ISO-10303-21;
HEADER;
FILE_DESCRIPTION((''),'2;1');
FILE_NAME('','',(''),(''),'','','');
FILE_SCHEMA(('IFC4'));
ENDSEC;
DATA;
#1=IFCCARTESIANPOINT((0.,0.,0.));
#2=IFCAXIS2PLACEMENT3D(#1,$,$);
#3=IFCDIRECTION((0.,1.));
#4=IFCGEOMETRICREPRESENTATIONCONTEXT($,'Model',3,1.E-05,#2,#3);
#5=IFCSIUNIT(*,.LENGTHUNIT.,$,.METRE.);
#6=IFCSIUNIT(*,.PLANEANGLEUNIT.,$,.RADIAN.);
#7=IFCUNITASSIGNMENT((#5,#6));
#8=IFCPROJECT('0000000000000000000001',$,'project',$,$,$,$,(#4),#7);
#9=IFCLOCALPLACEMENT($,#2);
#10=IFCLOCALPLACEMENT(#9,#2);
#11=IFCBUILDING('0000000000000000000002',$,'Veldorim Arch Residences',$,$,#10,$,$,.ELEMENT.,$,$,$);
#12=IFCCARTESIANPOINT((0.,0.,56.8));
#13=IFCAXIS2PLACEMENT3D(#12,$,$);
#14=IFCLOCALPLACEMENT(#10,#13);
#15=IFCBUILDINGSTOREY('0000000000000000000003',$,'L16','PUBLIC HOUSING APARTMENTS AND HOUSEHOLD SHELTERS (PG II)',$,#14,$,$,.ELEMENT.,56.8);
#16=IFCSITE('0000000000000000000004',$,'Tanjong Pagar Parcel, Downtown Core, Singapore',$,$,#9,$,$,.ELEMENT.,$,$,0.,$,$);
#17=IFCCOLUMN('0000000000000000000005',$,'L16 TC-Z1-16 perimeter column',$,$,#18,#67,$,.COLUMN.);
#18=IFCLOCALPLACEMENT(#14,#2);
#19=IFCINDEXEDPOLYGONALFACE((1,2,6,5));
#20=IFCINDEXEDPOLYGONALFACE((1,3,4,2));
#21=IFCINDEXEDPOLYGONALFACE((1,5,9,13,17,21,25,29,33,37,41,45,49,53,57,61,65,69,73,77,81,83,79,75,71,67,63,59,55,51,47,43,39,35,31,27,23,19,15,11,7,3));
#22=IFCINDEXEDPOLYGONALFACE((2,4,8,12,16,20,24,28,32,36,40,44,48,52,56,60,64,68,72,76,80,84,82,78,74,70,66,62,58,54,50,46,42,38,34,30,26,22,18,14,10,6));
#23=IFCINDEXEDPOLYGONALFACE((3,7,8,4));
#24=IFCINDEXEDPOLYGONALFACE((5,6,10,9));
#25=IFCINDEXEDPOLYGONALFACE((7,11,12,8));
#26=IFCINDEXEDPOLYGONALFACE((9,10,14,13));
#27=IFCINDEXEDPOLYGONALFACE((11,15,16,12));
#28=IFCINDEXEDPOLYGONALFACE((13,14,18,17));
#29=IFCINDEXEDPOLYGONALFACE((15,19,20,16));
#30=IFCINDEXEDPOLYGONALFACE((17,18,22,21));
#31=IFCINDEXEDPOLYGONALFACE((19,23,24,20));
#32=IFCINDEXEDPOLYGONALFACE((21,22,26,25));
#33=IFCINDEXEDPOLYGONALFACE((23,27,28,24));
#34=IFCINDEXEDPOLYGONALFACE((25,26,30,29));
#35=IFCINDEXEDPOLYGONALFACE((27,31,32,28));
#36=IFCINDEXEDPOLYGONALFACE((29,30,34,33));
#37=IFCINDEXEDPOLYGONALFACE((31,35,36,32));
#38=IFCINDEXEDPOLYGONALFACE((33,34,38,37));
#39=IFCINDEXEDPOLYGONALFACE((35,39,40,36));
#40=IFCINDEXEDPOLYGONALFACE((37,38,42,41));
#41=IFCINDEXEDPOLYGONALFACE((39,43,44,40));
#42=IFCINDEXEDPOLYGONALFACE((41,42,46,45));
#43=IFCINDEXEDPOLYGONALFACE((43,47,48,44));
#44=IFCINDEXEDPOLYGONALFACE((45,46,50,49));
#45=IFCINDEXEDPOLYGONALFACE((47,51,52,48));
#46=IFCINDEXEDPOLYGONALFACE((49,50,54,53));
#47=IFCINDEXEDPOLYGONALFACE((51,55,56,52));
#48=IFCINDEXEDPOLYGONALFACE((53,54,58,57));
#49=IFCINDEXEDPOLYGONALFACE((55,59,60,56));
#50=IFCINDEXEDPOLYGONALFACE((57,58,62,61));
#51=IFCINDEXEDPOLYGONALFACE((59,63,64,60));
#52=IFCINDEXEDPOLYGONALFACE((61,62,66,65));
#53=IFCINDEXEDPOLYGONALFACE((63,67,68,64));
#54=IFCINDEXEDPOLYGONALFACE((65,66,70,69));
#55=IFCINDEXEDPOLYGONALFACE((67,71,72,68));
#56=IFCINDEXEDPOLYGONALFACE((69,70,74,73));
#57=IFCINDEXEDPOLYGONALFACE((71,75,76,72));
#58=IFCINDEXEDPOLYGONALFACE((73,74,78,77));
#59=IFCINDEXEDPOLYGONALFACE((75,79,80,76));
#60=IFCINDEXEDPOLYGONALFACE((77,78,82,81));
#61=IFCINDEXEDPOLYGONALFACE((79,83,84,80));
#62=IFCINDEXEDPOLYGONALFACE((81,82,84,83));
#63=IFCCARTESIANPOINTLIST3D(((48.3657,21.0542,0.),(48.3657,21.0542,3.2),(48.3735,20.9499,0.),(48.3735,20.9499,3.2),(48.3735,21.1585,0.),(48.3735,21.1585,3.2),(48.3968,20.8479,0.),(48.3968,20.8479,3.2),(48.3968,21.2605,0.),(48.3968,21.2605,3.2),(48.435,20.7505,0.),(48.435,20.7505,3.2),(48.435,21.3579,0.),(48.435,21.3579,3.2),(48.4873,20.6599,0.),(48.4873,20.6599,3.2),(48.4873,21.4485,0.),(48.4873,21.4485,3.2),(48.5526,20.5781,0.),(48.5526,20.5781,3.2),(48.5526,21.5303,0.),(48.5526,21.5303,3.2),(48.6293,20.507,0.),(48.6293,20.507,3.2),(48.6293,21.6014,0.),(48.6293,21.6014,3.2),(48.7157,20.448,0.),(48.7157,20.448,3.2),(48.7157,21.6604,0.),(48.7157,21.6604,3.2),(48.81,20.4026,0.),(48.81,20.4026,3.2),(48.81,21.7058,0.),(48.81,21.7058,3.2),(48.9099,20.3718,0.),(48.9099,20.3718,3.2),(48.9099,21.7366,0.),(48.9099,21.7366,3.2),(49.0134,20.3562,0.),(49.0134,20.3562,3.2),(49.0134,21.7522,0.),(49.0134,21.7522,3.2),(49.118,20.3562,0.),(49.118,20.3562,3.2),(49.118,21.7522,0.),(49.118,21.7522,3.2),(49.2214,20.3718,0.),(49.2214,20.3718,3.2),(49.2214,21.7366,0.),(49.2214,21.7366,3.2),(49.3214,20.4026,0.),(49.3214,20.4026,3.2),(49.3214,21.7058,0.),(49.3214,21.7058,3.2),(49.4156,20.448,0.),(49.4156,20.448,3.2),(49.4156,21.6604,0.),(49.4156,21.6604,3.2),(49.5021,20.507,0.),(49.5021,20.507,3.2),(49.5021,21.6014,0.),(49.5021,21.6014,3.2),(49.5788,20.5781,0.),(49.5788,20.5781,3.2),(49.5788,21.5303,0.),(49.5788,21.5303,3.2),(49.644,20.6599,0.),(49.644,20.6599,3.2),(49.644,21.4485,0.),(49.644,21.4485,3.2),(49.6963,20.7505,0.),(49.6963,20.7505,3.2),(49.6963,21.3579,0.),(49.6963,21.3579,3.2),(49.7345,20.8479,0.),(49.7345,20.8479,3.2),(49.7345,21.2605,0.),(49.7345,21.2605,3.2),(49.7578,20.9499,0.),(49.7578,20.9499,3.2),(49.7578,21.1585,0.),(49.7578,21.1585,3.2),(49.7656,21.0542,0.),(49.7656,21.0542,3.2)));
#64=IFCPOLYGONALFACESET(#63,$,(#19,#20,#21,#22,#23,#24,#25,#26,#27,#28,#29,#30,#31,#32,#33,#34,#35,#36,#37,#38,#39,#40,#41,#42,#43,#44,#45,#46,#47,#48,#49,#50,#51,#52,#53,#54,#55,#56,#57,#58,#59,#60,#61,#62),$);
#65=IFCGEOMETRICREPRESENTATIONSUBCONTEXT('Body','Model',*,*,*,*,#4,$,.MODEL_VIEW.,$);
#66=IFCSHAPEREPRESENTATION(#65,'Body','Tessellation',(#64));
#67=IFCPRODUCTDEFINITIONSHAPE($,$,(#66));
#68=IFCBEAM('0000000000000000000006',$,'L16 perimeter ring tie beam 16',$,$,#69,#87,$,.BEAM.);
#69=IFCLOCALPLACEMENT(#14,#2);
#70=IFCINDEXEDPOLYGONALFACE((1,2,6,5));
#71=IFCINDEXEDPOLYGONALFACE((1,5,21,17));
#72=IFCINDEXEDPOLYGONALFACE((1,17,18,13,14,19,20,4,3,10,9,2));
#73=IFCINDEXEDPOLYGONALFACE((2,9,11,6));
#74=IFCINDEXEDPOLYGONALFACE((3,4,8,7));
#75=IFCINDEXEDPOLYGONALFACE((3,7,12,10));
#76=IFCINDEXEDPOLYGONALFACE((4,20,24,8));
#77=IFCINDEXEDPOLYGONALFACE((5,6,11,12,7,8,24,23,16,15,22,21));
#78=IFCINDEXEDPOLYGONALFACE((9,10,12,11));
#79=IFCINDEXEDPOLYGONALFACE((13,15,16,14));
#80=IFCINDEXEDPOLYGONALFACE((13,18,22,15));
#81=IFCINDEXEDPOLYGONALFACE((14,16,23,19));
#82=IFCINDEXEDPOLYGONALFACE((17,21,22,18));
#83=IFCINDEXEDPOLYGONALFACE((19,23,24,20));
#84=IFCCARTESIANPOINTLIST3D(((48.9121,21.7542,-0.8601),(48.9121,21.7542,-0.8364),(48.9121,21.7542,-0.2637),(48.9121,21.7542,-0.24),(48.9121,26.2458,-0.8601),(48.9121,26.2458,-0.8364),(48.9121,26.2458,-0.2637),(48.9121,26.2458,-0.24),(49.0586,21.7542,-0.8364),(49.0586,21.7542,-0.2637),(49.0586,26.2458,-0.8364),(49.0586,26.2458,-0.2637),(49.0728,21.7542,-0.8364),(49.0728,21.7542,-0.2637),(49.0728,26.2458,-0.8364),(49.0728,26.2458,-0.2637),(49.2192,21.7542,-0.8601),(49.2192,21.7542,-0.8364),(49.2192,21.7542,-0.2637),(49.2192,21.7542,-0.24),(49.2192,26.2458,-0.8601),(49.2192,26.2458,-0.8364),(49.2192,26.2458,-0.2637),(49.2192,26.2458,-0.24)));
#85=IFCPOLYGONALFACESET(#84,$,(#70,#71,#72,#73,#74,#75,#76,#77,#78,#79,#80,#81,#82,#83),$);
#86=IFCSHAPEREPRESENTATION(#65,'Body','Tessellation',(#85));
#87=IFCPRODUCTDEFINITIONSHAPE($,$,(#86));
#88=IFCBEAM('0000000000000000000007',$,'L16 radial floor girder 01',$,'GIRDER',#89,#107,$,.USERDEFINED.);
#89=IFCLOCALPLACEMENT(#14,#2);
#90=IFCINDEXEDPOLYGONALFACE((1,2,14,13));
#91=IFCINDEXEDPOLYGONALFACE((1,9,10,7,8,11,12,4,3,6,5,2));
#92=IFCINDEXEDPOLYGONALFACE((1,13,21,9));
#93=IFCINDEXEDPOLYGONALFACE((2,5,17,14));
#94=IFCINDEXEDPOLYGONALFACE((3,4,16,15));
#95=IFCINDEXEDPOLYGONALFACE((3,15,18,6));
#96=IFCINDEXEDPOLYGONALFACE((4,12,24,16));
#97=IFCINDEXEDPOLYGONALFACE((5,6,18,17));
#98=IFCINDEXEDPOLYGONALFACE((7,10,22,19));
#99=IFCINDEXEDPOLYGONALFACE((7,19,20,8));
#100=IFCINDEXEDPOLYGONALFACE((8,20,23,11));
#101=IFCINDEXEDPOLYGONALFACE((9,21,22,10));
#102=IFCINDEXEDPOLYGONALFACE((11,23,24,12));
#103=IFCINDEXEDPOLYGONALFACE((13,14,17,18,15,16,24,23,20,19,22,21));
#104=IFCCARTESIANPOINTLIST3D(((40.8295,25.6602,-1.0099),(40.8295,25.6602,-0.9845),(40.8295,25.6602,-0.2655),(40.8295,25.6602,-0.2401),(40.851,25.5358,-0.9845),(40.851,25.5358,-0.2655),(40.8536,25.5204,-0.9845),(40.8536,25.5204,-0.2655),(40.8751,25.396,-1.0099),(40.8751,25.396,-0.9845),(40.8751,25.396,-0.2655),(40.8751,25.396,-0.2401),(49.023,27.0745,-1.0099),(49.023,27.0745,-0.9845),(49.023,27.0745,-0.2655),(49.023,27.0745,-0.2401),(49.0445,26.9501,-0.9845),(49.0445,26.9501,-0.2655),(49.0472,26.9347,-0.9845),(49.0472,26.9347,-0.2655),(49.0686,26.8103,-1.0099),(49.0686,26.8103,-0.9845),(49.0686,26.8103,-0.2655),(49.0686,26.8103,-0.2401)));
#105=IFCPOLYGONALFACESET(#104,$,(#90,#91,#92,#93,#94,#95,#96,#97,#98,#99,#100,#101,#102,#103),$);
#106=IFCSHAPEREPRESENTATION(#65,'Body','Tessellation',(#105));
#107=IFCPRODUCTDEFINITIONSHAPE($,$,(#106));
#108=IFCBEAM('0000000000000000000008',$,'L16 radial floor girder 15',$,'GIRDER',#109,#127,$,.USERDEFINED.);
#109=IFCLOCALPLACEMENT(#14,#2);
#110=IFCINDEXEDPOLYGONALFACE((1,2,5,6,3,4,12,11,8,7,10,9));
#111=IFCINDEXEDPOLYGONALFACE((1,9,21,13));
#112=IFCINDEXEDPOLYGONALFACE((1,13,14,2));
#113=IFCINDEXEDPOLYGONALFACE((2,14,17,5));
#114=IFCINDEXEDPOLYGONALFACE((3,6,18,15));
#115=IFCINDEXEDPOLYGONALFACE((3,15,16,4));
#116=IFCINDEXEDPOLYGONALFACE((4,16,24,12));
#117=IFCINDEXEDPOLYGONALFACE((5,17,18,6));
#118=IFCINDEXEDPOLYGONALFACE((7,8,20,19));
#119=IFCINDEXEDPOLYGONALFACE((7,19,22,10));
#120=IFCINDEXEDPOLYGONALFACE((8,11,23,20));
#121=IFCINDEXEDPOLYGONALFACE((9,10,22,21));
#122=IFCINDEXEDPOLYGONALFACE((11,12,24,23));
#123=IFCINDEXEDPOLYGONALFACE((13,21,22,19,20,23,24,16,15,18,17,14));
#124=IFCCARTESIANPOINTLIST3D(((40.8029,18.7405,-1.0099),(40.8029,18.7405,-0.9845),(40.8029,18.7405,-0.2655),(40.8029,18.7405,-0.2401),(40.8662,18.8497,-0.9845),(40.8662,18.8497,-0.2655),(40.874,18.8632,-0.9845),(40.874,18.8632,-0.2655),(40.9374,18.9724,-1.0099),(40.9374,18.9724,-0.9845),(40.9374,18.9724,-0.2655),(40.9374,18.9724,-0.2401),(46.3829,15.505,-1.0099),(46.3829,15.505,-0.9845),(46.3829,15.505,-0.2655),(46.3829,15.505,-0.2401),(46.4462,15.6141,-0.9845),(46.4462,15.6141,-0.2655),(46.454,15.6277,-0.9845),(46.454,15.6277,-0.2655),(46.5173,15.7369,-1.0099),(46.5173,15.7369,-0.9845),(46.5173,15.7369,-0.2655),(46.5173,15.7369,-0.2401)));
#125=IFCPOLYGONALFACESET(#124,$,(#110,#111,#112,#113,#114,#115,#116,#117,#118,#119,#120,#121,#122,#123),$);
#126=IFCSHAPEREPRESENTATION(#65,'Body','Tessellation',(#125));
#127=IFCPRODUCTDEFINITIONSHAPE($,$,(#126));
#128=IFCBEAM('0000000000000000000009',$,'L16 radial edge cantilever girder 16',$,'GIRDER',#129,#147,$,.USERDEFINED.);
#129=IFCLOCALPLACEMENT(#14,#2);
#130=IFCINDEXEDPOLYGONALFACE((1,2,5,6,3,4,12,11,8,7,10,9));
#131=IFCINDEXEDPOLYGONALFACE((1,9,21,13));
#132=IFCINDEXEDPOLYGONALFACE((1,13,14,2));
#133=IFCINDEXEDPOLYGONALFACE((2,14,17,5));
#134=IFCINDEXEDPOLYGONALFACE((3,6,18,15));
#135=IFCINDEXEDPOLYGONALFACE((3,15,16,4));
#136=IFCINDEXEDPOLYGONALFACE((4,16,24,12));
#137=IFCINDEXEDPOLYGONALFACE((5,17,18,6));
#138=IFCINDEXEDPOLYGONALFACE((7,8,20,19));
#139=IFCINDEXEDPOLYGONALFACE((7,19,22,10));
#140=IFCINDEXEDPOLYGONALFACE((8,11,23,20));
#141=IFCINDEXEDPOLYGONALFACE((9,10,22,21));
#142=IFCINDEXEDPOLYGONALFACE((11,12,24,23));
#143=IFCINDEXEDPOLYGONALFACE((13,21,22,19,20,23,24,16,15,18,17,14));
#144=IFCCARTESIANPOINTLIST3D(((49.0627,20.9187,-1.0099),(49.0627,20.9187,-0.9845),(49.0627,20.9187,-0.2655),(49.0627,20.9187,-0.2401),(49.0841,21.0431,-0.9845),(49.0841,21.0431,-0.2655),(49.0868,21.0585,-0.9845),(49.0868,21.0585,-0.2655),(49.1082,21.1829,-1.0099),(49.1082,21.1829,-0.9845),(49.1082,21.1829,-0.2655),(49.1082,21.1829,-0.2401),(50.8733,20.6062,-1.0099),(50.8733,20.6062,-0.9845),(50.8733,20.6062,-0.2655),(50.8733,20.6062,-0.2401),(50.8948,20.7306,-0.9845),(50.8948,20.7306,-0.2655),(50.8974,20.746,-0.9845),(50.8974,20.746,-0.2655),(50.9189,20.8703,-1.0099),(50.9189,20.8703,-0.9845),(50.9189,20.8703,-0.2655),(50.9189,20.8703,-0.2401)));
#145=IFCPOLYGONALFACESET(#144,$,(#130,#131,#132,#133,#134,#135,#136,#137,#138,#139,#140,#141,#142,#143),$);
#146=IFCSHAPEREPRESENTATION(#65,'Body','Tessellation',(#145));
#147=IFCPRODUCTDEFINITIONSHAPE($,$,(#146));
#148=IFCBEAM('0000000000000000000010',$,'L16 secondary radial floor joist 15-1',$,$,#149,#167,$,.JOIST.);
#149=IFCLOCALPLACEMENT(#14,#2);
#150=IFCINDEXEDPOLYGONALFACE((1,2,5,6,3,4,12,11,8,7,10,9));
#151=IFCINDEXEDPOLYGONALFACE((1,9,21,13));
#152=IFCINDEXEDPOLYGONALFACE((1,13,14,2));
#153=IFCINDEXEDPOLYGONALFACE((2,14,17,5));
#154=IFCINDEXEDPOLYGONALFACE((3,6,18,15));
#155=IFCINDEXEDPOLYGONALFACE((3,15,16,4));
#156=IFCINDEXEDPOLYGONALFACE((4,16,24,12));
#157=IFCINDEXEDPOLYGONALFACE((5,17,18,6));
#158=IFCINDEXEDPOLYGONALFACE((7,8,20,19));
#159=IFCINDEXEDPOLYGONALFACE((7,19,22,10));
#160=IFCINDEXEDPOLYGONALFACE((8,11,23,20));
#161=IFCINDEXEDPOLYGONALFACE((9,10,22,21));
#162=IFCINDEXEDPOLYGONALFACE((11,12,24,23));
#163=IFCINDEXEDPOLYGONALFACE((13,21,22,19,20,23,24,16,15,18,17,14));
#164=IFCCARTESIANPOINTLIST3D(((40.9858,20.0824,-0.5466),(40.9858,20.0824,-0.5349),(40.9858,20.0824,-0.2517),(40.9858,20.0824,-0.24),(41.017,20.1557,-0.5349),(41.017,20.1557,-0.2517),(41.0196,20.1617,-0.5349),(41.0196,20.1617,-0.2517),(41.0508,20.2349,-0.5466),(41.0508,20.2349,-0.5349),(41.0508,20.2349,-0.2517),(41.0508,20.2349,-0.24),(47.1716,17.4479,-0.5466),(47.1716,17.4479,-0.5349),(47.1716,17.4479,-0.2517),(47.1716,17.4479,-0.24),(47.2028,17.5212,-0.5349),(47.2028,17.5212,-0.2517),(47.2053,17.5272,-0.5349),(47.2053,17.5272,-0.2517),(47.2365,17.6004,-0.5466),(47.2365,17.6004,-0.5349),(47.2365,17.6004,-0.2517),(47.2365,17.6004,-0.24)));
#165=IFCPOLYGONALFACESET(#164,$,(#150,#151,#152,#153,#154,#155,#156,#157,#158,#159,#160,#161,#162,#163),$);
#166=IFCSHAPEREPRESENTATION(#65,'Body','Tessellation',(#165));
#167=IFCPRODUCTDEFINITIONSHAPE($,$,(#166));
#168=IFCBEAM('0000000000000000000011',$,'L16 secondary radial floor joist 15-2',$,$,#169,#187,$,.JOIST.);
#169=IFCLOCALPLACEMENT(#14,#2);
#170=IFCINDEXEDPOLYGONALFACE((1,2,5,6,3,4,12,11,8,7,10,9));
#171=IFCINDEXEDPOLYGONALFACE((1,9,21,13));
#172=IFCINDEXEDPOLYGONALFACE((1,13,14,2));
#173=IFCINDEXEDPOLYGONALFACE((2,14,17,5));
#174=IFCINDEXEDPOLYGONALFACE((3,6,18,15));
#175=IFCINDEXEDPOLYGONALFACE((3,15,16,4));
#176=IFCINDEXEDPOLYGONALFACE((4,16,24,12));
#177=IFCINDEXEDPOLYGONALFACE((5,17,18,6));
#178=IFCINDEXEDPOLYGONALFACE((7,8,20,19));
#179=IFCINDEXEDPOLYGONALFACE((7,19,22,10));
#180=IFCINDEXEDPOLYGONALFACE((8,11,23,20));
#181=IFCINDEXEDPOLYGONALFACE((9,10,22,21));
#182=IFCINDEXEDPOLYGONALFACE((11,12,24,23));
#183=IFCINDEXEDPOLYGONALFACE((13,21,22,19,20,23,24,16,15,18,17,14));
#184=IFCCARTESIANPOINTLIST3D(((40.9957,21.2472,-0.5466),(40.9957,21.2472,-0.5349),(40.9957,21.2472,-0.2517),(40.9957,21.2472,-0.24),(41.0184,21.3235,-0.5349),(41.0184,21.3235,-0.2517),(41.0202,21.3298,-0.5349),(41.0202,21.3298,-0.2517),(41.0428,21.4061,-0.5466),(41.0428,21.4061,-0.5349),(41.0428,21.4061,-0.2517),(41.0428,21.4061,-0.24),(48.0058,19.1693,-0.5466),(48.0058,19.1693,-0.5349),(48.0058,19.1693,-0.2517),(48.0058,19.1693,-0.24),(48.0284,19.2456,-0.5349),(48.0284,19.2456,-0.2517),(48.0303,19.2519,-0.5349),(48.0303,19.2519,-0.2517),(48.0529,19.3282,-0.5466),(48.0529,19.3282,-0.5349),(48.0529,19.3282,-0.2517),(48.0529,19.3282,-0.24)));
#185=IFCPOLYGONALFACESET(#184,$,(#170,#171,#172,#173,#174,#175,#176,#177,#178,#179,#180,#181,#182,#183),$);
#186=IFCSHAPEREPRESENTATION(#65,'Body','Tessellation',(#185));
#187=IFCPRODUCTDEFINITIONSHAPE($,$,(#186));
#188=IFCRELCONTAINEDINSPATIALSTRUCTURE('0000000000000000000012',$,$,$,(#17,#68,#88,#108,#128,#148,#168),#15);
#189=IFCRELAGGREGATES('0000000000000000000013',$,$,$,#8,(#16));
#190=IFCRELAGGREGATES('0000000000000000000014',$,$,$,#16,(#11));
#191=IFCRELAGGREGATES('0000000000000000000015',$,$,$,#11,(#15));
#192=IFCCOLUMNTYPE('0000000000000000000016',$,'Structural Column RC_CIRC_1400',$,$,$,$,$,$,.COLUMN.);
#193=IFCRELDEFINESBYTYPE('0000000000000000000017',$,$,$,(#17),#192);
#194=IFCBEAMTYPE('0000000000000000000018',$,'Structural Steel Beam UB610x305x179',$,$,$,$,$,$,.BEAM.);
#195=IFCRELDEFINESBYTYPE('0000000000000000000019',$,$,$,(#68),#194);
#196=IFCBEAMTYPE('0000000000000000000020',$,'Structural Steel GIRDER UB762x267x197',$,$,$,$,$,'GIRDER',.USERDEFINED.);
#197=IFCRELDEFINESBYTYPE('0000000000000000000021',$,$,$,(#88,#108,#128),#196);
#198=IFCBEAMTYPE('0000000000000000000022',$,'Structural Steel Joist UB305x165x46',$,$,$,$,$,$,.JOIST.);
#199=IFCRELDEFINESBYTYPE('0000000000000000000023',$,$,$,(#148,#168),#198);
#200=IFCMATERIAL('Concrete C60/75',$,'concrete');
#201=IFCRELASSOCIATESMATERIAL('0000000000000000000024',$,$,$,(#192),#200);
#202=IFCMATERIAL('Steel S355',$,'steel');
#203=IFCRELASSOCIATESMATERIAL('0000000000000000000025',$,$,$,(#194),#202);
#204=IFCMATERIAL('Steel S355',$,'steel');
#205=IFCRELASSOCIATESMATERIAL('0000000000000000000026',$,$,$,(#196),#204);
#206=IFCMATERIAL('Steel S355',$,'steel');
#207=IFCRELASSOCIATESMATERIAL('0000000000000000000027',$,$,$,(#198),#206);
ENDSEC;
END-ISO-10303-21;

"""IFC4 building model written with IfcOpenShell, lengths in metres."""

from ifc_helpers import new_model, si_unit, direction, frame, origin, origin_2d, place, context, subcontext, project, spatial, circle, i_section, extrude, material, material_profile, profile_set, type_object, element, save


model = new_model("IFC4")

# Units and contexts
model_context = context("Model", 3, precision=1e-05, world=origin(), true_north=direction((0.0, 1.0)))
body_context = subcontext(model_context, "Body", "Model", "MODEL_VIEW")
ifc_project = project(units=[si_unit("LENGTHUNIT", "METRE"), si_unit("PLANEANGLEUNIT", "RADIAN")], contexts=[model_context])

# Site, building, storey
site_placement = place(None, origin())
site = spatial("IfcSite", under=ifc_project, at=site_placement, Name="Tanjong Pagar Parcel, Downtown Core, Singapore", CompositionType="ELEMENT", RefElevation=0.0)
building_placement = place(site_placement, origin())
building = spatial("IfcBuilding", under=site, at=building_placement, Name="Veldorim Arch Residences", CompositionType="ELEMENT")
storey_placement = place(building_placement, frame((0.0, 0.0, 56.8)))
storey = spatial("IfcBuildingStorey", under=building, at=storey_placement, Name="L16", Description="PUBLIC HOUSING APARTMENTS AND HOUSEHOLD SHELTERS (PG II)", CompositionType="ELEMENT", Elevation=56.8)

# Column
ifc_material_1 = material(Name="Concrete C60/75", Category="concrete")
ifc_material_profile_1 = material_profile(ifc_material_1, circle(Radius=0.7, at=origin_2d()), Name="RC_CIRC_1400")
ifc_profile_set_1 = profile_set([ifc_material_profile_1], Name="Concrete C60/75")
column_type = type_object("IfcColumnType", Name="Structural Column RC_CIRC_1400", PredefinedType="COLUMN", material=ifc_profile_set_1)
column_placement = place(storey_placement, frame((49.0657, 21.0542, 0.0), z_axis=(0.0, 0.0, 1.0), x_axis=(1.0, 0.0, 0.0)))
element("IfcColumn", 1, at=column_placement, inside=storey, type_object=column_type, Name="L16 TC-Z1-16 perimeter column", PredefinedType="COLUMN", context=body_context, shape_type="SweptSolid", body=[
    extrude(circle(Radius=0.7, at=origin_2d()), origin(), (0.0, 0.0, 1.0), 3.2),
])

# Beams
ifc_material_2 = material(Name="Steel S355", Category="steel")
ifc_material_profile_2 = material_profile(ifc_material_2, i_section(OverallWidth=0.3071, OverallDepth=0.6201, WebThickness=0.0142, FlangeThickness=0.0237, at=origin_2d()), Name="UB610x305x179")
ifc_profile_set_2 = profile_set([ifc_material_profile_2], Name="Steel S355")
beam_type_1 = type_object("IfcBeamType", Name="Structural Steel Beam UB610x305x179", PredefinedType="BEAM", material=ifc_profile_set_2)
beam_1_placement = place(storey_placement, frame((49.0657, 21.7542, -0.55), z_axis=(0.0, 1.0, 0.0), x_axis=(-1.0, 0.0, 0.0)))
element("IfcBeam", 2, at=beam_1_placement, inside=storey, type_object=beam_type_1, Name="L16 perimeter ring tie beam 16", PredefinedType="BEAM", context=body_context, shape_type="SweptSolid", body=[
    extrude(i_section(OverallWidth=0.3071, OverallDepth=0.6201, WebThickness=0.0142, FlangeThickness=0.0237, at=origin_2d()), origin(), (0.0, 0.0, 1.0), 4.4917),
])
ifc_material_3 = material(Name="Steel S355", Category="steel")
ifc_material_profile_3 = material_profile(ifc_material_3, i_section(OverallWidth=0.2681, OverallDepth=0.7698, WebThickness=0.0156, FlangeThickness=0.0254, at=origin_2d()), Name="UB762x267x197")
ifc_profile_set_3 = profile_set([ifc_material_profile_3], Name="Steel S355")
beam_type_2 = type_object("IfcBeamType", Name="Structural Steel GIRDER UB762x267x197", ElementType="GIRDER", PredefinedType="USERDEFINED", material=ifc_profile_set_3)
beam_2_placement = place(storey_placement, frame((40.8523, 25.5281, -0.625), z_axis=(0.985428, 0.170096, 0.0), x_axis=(-0.170096, 0.985428, 0.0)))
element("IfcBeam", 3, at=beam_2_placement, inside=storey, type_object=beam_type_2, Name="L16 radial floor girder 01", ObjectType="GIRDER", PredefinedType="USERDEFINED", context=body_context, shape_type="SweptSolid", body=[
    extrude(i_section(OverallWidth=0.2681, OverallDepth=0.7698, WebThickness=0.0156, FlangeThickness=0.0254, at=origin_2d()), origin(), (0.0, 0.0, 1.0), 8.3147),
])
beam_3_placement = place(storey_placement, frame((40.8701, 18.8564, -0.625), z_axis=(0.865088, -0.50162, 0.0), x_axis=(0.50162, 0.865088, 0.0)))
element("IfcBeam", 4, at=beam_3_placement, inside=storey, type_object=beam_type_2, Name="L16 radial floor girder 15", ObjectType="GIRDER", PredefinedType="USERDEFINED", context=body_context, shape_type="SweptSolid", body=[
    extrude(i_section(OverallWidth=0.2681, OverallDepth=0.7698, WebThickness=0.0156, FlangeThickness=0.0254, at=origin_2d()), origin(), (0.0, 0.0, 1.0), 6.4502),
])
beam_4_placement = place(storey_placement, frame((49.0854, 21.0508, -0.625), z_axis=(0.985429, -0.170085, 0.0), x_axis=(0.170085, 0.985429, 0.0)))
element("IfcBeam", 5, at=beam_4_placement, inside=storey, type_object=beam_type_2, Name="L16 radial edge cantilever girder 16", ObjectType="GIRDER", PredefinedType="USERDEFINED", context=body_context, shape_type="SweptSolid", body=[
    extrude(i_section(OverallWidth=0.2681, OverallDepth=0.7698, WebThickness=0.0156, FlangeThickness=0.0254, at=origin_2d()), origin(), (0.0, 0.0, 1.0), 1.8374),
])
ifc_material_4 = material(Name="Steel S355", Category="steel")
ifc_material_profile_4 = material_profile(ifc_material_4, i_section(OverallWidth=0.1658, OverallDepth=0.3066, WebThickness=0.0066, FlangeThickness=0.0117, at=origin_2d()), Name="UB305x165x46")
ifc_profile_set_4 = profile_set([ifc_material_profile_4], Name="Steel S355")
beam_type_3 = type_object("IfcBeamType", Name="Structural Steel Joist UB305x165x46", PredefinedType="JOIST", material=ifc_profile_set_4)
beam_5_placement = place(storey_placement, frame((41.0183, 20.1587, -0.3933), z_axis=(0.920033, -0.391841, 0.0), x_axis=(0.391841, 0.920033, 0.0)))
element("IfcBeam", 6, at=beam_5_placement, inside=storey, type_object=beam_type_3, Name="L16 secondary radial floor joist 15-1", PredefinedType="JOIST", context=body_context, shape_type="SweptSolid", body=[
    extrude(i_section(OverallWidth=0.1658, OverallDepth=0.3066, WebThickness=0.0066, FlangeThickness=0.0117, at=origin_2d()), origin(), (0.0, 0.0, 1.0), 6.7234),
])
beam_6_placement = place(storey_placement, frame((41.0193, 21.3267, -0.3933), z_axis=(0.958767, -0.284194, 0.0), x_axis=(0.284194, 0.958767, 0.0)))
element("IfcBeam", 7, at=beam_6_placement, inside=storey, type_object=beam_type_3, Name="L16 secondary radial floor joist 15-2", PredefinedType="JOIST", context=body_context, shape_type="SweptSolid", body=[
    extrude(i_section(OverallWidth=0.1658, OverallDepth=0.3066, WebThickness=0.0066, FlangeThickness=0.0117, at=origin_2d()), origin(), (0.0, 0.0, 1.0), 7.3115),
])

save(model, "model.ifc")
